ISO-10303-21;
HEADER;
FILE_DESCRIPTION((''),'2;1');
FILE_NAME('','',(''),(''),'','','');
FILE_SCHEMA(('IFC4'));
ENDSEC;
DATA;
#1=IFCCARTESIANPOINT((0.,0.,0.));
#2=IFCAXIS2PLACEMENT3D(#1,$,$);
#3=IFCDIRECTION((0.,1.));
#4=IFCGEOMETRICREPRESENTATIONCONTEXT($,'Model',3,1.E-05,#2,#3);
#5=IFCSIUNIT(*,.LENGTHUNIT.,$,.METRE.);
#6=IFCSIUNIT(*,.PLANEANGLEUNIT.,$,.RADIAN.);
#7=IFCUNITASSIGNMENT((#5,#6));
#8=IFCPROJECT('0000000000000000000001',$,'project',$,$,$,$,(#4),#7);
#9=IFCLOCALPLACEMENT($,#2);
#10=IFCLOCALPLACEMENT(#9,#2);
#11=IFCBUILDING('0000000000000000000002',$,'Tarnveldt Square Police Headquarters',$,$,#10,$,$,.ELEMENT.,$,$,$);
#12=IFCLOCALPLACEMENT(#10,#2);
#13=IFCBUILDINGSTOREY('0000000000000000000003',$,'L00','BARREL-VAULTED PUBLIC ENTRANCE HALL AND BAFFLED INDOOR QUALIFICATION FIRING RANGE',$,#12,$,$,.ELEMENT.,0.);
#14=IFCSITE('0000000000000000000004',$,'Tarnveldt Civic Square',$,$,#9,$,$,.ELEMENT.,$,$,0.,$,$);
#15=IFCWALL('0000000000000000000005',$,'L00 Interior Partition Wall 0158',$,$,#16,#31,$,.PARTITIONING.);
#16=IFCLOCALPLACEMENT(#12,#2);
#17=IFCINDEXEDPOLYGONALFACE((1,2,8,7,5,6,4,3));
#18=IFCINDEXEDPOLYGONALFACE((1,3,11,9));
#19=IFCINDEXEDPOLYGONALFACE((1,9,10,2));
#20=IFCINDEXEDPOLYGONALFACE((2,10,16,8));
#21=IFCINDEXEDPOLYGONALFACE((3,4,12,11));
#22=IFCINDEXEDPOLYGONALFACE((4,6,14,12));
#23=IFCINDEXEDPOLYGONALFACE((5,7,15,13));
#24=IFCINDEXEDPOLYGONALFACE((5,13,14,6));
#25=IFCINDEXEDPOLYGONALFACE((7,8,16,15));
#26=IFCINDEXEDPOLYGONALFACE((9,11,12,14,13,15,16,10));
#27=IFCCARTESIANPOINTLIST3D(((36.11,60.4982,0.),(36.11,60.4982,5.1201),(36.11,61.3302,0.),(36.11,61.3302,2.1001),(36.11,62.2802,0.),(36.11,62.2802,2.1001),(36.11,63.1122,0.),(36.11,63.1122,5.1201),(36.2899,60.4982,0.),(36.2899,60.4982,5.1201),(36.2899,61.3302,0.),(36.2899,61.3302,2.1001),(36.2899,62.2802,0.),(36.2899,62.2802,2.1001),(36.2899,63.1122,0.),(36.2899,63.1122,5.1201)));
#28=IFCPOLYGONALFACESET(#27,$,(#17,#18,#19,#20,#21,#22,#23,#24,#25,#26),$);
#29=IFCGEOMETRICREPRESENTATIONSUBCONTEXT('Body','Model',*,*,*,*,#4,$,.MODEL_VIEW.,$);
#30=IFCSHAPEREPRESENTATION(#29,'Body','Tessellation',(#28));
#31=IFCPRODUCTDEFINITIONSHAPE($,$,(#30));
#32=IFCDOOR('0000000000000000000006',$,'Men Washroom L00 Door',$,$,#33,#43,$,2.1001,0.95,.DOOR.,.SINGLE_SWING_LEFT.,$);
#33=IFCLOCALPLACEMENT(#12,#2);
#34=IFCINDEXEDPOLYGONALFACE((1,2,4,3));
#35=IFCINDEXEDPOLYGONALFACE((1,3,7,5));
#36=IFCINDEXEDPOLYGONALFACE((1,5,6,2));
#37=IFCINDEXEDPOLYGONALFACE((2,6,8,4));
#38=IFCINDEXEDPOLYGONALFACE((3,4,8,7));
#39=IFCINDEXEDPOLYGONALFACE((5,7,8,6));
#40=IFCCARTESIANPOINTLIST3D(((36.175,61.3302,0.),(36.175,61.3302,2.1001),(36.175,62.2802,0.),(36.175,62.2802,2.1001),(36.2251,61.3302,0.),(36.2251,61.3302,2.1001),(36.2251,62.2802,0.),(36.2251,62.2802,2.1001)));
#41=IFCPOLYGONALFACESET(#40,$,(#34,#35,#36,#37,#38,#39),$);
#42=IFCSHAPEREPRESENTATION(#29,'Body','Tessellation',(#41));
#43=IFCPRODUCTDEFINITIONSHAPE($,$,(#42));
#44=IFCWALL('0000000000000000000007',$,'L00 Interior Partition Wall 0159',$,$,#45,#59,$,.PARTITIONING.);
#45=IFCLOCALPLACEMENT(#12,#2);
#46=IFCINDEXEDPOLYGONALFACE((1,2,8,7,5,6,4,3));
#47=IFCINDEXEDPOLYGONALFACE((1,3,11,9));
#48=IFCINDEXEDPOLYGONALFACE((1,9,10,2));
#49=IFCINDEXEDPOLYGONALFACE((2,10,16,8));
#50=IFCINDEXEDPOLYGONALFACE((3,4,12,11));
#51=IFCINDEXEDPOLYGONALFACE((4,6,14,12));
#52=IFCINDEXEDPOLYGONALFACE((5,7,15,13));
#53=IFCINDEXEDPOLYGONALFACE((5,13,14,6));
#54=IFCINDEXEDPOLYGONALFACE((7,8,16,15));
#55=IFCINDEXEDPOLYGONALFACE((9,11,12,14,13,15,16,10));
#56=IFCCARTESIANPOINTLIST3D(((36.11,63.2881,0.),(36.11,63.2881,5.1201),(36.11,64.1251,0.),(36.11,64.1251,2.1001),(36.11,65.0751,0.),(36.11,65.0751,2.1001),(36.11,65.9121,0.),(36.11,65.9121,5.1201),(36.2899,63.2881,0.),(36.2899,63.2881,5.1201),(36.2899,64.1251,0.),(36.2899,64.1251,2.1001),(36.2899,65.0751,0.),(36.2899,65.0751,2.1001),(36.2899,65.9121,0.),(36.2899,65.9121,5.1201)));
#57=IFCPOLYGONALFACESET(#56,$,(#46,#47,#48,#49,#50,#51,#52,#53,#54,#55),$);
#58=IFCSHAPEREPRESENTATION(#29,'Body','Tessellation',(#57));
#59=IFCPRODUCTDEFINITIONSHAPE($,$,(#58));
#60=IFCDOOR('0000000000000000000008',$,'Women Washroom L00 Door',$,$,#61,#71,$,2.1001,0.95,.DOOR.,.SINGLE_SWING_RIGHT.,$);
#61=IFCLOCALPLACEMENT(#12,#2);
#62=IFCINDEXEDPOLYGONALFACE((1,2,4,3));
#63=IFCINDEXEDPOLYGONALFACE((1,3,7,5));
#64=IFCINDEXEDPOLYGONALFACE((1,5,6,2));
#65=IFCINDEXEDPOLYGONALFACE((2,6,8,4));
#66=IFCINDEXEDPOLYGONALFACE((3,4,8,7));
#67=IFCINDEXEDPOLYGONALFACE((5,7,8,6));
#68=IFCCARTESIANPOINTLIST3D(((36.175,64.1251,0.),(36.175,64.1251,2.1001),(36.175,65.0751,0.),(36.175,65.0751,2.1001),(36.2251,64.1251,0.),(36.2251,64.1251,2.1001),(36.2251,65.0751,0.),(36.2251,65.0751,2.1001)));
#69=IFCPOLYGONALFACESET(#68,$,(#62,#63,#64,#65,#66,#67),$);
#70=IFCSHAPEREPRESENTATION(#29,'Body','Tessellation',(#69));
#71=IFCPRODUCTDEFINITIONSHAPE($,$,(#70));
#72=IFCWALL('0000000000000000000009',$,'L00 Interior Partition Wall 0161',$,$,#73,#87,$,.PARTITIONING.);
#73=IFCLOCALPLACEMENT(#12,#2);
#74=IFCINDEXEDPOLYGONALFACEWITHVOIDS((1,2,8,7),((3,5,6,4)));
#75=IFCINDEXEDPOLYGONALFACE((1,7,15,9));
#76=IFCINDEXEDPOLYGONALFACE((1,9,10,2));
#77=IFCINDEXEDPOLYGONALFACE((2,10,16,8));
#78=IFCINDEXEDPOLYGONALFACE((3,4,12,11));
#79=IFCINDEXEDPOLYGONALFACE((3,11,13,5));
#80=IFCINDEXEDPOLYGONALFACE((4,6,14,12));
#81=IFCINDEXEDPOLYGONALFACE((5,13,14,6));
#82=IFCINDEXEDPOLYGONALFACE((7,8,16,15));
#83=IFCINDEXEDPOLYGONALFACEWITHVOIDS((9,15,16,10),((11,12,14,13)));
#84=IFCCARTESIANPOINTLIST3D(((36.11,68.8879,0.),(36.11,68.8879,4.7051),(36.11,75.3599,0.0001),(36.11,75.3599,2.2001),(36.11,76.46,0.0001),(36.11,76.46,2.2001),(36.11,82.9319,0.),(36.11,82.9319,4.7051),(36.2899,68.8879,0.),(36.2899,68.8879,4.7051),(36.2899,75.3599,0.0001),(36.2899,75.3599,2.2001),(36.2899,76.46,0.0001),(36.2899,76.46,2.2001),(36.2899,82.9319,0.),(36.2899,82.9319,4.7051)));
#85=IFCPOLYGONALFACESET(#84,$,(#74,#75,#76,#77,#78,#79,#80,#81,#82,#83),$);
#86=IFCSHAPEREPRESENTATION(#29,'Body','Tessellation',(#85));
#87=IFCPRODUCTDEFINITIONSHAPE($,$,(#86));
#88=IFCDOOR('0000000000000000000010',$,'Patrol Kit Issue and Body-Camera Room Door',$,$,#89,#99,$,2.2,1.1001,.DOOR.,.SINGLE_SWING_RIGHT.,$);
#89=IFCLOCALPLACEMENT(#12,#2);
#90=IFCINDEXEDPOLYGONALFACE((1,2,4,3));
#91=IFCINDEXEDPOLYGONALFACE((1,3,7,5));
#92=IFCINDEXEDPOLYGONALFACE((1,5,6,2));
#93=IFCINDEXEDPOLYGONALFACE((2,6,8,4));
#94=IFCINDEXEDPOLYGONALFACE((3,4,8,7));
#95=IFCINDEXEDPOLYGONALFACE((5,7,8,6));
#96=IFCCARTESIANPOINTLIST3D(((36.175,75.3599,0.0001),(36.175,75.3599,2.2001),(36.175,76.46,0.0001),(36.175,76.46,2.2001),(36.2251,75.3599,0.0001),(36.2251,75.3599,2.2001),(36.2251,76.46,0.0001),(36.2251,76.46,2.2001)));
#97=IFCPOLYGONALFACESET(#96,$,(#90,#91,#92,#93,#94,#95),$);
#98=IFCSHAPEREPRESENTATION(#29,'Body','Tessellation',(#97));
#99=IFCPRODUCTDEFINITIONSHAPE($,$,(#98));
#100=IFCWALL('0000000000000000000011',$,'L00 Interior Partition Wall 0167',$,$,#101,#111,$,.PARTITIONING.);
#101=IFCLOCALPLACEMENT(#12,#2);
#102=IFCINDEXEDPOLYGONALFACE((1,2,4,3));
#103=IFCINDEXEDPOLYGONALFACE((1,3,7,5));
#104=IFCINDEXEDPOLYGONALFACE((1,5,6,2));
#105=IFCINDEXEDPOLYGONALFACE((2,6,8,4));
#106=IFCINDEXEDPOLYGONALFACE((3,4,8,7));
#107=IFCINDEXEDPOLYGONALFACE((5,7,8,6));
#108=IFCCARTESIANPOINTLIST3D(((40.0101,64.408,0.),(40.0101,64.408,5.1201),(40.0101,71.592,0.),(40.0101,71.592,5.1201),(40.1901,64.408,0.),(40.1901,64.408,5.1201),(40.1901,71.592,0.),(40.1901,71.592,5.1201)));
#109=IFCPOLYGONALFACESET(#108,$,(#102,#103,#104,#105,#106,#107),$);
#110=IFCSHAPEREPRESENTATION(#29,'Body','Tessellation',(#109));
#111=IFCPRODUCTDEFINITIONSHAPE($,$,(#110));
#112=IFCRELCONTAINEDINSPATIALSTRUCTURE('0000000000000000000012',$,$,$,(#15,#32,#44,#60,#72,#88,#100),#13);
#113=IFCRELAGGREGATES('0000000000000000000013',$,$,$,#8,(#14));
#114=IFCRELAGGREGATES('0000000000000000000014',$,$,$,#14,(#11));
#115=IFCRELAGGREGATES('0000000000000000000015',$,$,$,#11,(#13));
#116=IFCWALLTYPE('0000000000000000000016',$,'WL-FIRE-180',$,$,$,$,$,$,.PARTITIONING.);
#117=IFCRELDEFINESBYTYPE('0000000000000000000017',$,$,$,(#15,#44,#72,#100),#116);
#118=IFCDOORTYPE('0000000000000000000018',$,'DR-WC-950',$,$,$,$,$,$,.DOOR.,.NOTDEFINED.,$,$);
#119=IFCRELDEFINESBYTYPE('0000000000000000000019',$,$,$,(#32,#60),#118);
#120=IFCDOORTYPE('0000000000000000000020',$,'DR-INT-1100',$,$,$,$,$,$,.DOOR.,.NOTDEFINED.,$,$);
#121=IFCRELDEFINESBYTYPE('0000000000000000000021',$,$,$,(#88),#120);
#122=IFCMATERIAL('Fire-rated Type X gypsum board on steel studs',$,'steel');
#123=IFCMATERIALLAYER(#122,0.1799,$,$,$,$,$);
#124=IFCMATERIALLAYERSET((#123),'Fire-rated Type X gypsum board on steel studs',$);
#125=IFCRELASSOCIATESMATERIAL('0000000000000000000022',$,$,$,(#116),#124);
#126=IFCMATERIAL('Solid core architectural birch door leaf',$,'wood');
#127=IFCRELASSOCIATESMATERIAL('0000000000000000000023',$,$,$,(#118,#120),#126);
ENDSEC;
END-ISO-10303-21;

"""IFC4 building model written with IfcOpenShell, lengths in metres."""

from ifc_helpers import new_model, si_unit, direction, frame, frame_2d, origin, place, context, subcontext, project, spatial, rectangle, extrude, material, layer, layer_set, type_object, element, fill, save


model = new_model("IFC4")

# Units and contexts
model_context = context("Model", 3, precision=1e-05, world=origin(), true_north=direction((0.0, 1.0)))
body_context = subcontext(model_context, "Body", "Model", "MODEL_VIEW")
ifc_project = project(units=[si_unit("LENGTHUNIT", "METRE"), si_unit("PLANEANGLEUNIT", "RADIAN")], contexts=[model_context])

# Site, building, storey
site_placement = place(None, origin())
site = spatial("IfcSite", under=ifc_project, at=site_placement, Name="Tarnveldt Civic Square", CompositionType="ELEMENT", RefElevation=0.0)
building_placement = place(site_placement, origin())
building = spatial("IfcBuilding", under=site, at=building_placement, Name="Tarnveldt Square Police Headquarters", CompositionType="ELEMENT")
storey_placement = place(building_placement, origin())
storey = spatial("IfcBuildingStorey", under=building, at=storey_placement, Name="L00", Description="BARREL-VAULTED PUBLIC ENTRANCE HALL AND BAFFLED INDOOR QUALIFICATION FIRING RANGE", CompositionType="ELEMENT", Elevation=0.0)

# Walls, openings, doors
ifc_material_1 = material(Name="Fire-rated Type X gypsum board on steel studs", Category="steel")
ifc_layer_1 = layer(ifc_material_1, 0.1799)
ifc_layer_set_1 = layer_set([ifc_layer_1], Name="Fire-rated Type X gypsum board on steel studs")
wall_type = type_object("IfcWallType", Name="WL-FIRE-180", PredefinedType="PARTITIONING", material=ifc_layer_set_1)
wall_1_placement = place(storey_placement, frame((36.2, 60.498, 0.0), z_axis=(0.0, 0.0, 1.0), x_axis=(0.0, 1.0, 0.0)))
wall_1 = element("IfcWall", 1, at=wall_1_placement, inside=storey, type_object=wall_type, Name="L00 Interior Partition Wall 0158", PredefinedType="PARTITIONING", context=body_context, shape_type="SweptSolid", body=[
    extrude(rectangle(XDim=2.614, YDim=0.1799, at=frame_2d((1.3071, 0.0))), origin(), (0.0, 0.0, 1.0), 5.1201),
])
opening_1_placement = place(wall_1_placement, frame((0.832, 0.0, 0.0)))
opening_1 = element("IfcOpeningElement", 2, at=opening_1_placement, cuts=wall_1, PredefinedType="OPENING", context=body_context, shape_type="SweptSolid", body=[
    extrude(rectangle(XDim=0.95, YDim=2.1001, at=frame_2d((0.4751, 1.05))), frame((0.0, 0.0999, 0.0), z_axis=(0.0, -1.0, 0.0), x_axis=(1.0, 0.0, 0.0)), (0.0, 0.0, 1.0), 0.2),
])
ifc_material_2 = material(Name="Solid core architectural birch door leaf", Category="wood")
door_type_1 = type_object("IfcDoorType", Name="DR-WC-950", OperationType="NOTDEFINED", PredefinedType="DOOR", material=ifc_material_2)
door_1_placement = place(opening_1_placement, origin())
door_1 = element("IfcDoor", 3, at=door_1_placement, inside=storey, type_object=door_type_1, Name="Men Washroom L00 Door", OperationType="SINGLE_SWING_LEFT", OverallHeight=2.1001, OverallWidth=0.95, PredefinedType="DOOR", context=body_context, shape_type="SweptSolid", body=[
    extrude(rectangle(XDim=0.95, YDim=2.1001, at=frame_2d((0.4751, 1.05))), frame((0.0, 0.0249, 0.0), z_axis=(0.0, -1.0, 0.0), x_axis=(1.0, 0.0, 0.0)), (0.0, 0.0, 1.0), 0.05),
])
fill(opening_1, door_1)
wall_2_placement = place(storey_placement, frame((36.2, 63.2881, 0.0), z_axis=(0.0, 0.0, 1.0), x_axis=(0.0, 1.0, 0.0)))
wall_2 = element("IfcWall", 4, at=wall_2_placement, inside=storey, type_object=wall_type, Name="L00 Interior Partition Wall 0159", PredefinedType="PARTITIONING", context=body_context, shape_type="SweptSolid", body=[
    extrude(rectangle(XDim=2.624, YDim=0.1799, at=frame_2d((1.312, 0.0))), origin(), (0.0, 0.0, 1.0), 5.1201),
])
opening_2_placement = place(wall_2_placement, frame((0.8369, 0.0, 0.0)))
opening_2 = element("IfcOpeningElement", 5, at=opening_2_placement, cuts=wall_2, PredefinedType="OPENING", context=body_context, shape_type="SweptSolid", body=[
    extrude(rectangle(XDim=0.95, YDim=2.1001, at=frame_2d((0.4751, 1.05))), frame((0.0, 0.0999, 0.0), z_axis=(0.0, -1.0, 0.0), x_axis=(1.0, 0.0, 0.0)), (0.0, 0.0, 1.0), 0.2),
])
door_2_placement = place(opening_2_placement, origin())
door_2 = element("IfcDoor", 6, at=door_2_placement, inside=storey, type_object=door_type_1, Name="Women Washroom L00 Door", OperationType="SINGLE_SWING_RIGHT", OverallHeight=2.1001, OverallWidth=0.95, PredefinedType="DOOR", context=body_context, shape_type="SweptSolid", body=[
    extrude(rectangle(XDim=0.95, YDim=2.1001, at=frame_2d((0.4751, 1.05))), frame((0.0, 0.0249, 0.0), z_axis=(0.0, -1.0, 0.0), x_axis=(1.0, 0.0, 0.0)), (0.0, 0.0, 1.0), 0.05),
])
fill(opening_2, door_2)
wall_3_placement = place(storey_placement, frame((36.2, 68.8879, 0.0), z_axis=(0.0, 0.0, 1.0), x_axis=(0.0, 1.0, 0.0)))
wall_3 = element("IfcWall", 7, at=wall_3_placement, inside=storey, type_object=wall_type, Name="L00 Interior Partition Wall 0161", PredefinedType="PARTITIONING", context=body_context, shape_type="SweptSolid", body=[
    extrude(rectangle(XDim=14.0439, YDim=0.1799, at=frame_2d((7.022, 0.0))), origin(), (0.0, 0.0, 1.0), 4.7051),
])
opening_3_placement = place(wall_3_placement, frame((6.4719, 0.0, 0.0)))
opening_3 = element("IfcOpeningElement", 8, at=opening_3_placement, cuts=wall_3, PredefinedType="OPENING", context=body_context, shape_type="SweptSolid", body=[
    extrude(rectangle(XDim=1.1001, YDim=2.2, at=frame_2d((0.55, 1.1001))), frame((0.0, 0.0999, 0.0), z_axis=(0.0, -1.0, 0.0), x_axis=(1.0, 0.0, 0.0)), (0.0, 0.0, 1.0), 0.2),
])
door_type_2 = type_object("IfcDoorType", Name="DR-INT-1100", OperationType="NOTDEFINED", PredefinedType="DOOR", material=ifc_material_2)
door_3_placement = place(opening_3_placement, origin())
door_3 = element("IfcDoor", 9, at=door_3_placement, inside=storey, type_object=door_type_2, Name="Patrol Kit Issue and Body-Camera Room Door", OperationType="SINGLE_SWING_RIGHT", OverallHeight=2.2, OverallWidth=1.1001, PredefinedType="DOOR", context=body_context, shape_type="SweptSolid", body=[
    extrude(rectangle(XDim=1.1001, YDim=2.2, at=frame_2d((0.55, 1.1001))), frame((0.0, 0.0249, 0.0), z_axis=(0.0, -1.0, 0.0), x_axis=(1.0, 0.0, 0.0)), (0.0, 0.0, 1.0), 0.05),
])
fill(opening_3, door_3)

# Wall
wall_4_placement = place(storey_placement, frame((40.1001, 64.408, 0.0), z_axis=(0.0, 0.0, 1.0), x_axis=(0.0, 1.0, 0.0)))
element("IfcWall", 10, at=wall_4_placement, inside=storey, type_object=wall_type, Name="L00 Interior Partition Wall 0167", PredefinedType="PARTITIONING", context=body_context, shape_type="SweptSolid", body=[
    extrude(rectangle(XDim=7.1841, YDim=0.1799, at=frame_2d((3.592, 0.0))), origin(), (0.0, 0.0, 1.0), 5.1201),
])

save(model, "model.ifc")
